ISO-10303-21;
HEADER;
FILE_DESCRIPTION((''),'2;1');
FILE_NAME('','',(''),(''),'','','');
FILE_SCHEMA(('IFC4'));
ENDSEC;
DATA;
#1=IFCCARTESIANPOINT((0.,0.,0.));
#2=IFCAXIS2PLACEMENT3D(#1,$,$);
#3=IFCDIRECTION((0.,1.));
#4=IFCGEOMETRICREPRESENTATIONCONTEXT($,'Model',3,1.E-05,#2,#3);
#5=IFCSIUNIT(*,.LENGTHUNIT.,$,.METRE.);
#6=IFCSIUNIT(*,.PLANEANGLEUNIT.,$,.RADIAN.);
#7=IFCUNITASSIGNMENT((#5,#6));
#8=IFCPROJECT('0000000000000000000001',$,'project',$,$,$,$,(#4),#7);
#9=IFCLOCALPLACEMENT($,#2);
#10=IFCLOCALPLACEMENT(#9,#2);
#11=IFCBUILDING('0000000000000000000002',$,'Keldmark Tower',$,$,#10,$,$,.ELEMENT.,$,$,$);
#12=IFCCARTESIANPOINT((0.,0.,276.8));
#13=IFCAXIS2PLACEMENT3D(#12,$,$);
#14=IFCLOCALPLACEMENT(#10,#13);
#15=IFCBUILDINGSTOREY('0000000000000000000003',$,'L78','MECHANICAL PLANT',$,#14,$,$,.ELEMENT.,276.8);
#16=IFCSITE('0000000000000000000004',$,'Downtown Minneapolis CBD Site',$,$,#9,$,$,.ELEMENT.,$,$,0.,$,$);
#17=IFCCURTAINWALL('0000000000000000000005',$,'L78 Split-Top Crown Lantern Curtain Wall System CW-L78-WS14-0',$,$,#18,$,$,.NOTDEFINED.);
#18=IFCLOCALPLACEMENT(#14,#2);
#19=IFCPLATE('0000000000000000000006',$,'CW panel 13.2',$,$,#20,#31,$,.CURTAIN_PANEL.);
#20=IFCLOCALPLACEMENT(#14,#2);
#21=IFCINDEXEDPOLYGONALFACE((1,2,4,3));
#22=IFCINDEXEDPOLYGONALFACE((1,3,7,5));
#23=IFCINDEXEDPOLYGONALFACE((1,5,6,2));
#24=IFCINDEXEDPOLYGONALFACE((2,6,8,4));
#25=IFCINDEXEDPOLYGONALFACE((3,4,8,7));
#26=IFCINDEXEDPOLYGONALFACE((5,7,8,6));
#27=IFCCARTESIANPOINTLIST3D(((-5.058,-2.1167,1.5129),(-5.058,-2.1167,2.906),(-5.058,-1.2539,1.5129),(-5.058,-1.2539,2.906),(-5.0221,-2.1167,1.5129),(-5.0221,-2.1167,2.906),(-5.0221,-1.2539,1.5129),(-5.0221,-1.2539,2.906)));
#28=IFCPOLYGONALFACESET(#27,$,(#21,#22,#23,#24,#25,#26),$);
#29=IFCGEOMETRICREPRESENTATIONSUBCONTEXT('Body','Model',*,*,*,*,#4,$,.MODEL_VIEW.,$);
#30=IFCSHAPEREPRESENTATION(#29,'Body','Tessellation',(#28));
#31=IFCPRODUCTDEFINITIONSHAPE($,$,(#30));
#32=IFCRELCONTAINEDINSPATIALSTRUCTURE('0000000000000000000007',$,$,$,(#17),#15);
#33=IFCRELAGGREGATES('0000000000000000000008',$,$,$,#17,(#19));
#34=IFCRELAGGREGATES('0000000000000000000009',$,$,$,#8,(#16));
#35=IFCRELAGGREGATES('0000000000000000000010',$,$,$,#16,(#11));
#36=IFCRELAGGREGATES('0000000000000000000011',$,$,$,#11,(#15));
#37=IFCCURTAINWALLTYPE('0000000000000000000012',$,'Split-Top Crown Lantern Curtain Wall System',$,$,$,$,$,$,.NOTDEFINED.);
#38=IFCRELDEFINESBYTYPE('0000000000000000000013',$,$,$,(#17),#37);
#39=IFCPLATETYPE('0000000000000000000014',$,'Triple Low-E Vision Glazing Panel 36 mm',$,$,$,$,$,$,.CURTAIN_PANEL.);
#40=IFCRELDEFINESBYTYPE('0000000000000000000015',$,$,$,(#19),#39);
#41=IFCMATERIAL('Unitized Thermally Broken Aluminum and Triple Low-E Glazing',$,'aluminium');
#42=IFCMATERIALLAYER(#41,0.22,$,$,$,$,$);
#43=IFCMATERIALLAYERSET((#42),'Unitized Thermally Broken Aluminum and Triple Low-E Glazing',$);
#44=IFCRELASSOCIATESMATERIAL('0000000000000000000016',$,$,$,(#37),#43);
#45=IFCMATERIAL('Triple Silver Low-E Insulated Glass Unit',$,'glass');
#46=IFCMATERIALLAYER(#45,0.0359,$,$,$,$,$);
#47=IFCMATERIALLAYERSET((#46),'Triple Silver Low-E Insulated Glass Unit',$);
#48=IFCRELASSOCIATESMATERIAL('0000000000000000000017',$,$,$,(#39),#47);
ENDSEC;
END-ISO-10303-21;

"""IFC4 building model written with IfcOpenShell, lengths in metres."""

from ifc_helpers import new_model, si_unit, direction, frame, origin, origin_2d, place, context, subcontext, project, spatial, rectangle, extrude, material, layer, layer_set, type_object, element, aggregate, save


model = new_model("IFC4")

# Units and contexts
model_context = context("Model", 3, precision=1e-05, world=origin(), true_north=direction((0.0, 1.0)))
body_context = subcontext(model_context, "Body", "Model", "MODEL_VIEW")
ifc_project = project(units=[si_unit("LENGTHUNIT", "METRE"), si_unit("PLANEANGLEUNIT", "RADIAN")], contexts=[model_context])

# Site, building, storey
site_placement = place(None, origin())
site = spatial("IfcSite", under=ifc_project, at=site_placement, Name="Downtown Minneapolis CBD Site", CompositionType="ELEMENT", RefElevation=0.0)
building_placement = place(site_placement, origin())
building = spatial("IfcBuilding", under=site, at=building_placement, Name="Keldmark Tower", CompositionType="ELEMENT")
storey_placement = place(building_placement, frame((0.0, 0.0, 276.8)))
storey = spatial("IfcBuildingStorey", under=building, at=storey_placement, Name="L78", Description="MECHANICAL PLANT", CompositionType="ELEMENT", Elevation=276.8)

# Curtain wall, plate
ifc_material_1 = material(Name="Unitized Thermally Broken Aluminum and Triple Low-E Glazing", Category="aluminium")
ifc_layer_1 = layer(ifc_material_1, 0.22)
ifc_layer_set_1 = layer_set([ifc_layer_1], Name="Unitized Thermally Broken Aluminum and Triple Low-E Glazing")
curtain_wall_type = type_object("IfcCurtainWallType", Name="Split-Top Crown Lantern Curtain Wall System", PredefinedType="NOTDEFINED", material=ifc_layer_set_1)
curtain_wall_placement = place(storey_placement, origin())
curtain_wall = element("IfcCurtainWall", 1, at=curtain_wall_placement, inside=storey, type_object=curtain_wall_type, Name="L78 Split-Top Crown Lantern Curtain Wall System CW-L78-WS14-0", PredefinedType="NOTDEFINED")
ifc_material_2 = material(Name="Triple Silver Low-E Insulated Glass Unit", Category="glass")
ifc_layer_2 = layer(ifc_material_2, 0.0359)
ifc_layer_set_2 = layer_set([ifc_layer_2], Name="Triple Silver Low-E Insulated Glass Unit")
plate_type = type_object("IfcPlateType", Name="Triple Low-E Vision Glazing Panel 36 mm", PredefinedType="CURTAIN_PANEL", material=ifc_layer_set_2)
plate_1_placement = place(storey_placement, frame((-5.04, -1.6853, 1.5129), z_axis=(0.0, 0.0, 1.0), x_axis=(0.0, 1.0, 0.0)))
plate_1 = element("IfcPlate", 2, at=plate_1_placement, type_object=plate_type, Name="CW panel 13.2", PredefinedType="CURTAIN_PANEL", context=body_context, shape_type="SweptSolid", body=[
    extrude(rectangle(XDim=0.8628, YDim=0.0359, at=origin_2d()), origin(), (0.0, 0.0, 1.0), 1.3931),
])
aggregate(curtain_wall, [plate_1])

save(model, "model.ifc")
